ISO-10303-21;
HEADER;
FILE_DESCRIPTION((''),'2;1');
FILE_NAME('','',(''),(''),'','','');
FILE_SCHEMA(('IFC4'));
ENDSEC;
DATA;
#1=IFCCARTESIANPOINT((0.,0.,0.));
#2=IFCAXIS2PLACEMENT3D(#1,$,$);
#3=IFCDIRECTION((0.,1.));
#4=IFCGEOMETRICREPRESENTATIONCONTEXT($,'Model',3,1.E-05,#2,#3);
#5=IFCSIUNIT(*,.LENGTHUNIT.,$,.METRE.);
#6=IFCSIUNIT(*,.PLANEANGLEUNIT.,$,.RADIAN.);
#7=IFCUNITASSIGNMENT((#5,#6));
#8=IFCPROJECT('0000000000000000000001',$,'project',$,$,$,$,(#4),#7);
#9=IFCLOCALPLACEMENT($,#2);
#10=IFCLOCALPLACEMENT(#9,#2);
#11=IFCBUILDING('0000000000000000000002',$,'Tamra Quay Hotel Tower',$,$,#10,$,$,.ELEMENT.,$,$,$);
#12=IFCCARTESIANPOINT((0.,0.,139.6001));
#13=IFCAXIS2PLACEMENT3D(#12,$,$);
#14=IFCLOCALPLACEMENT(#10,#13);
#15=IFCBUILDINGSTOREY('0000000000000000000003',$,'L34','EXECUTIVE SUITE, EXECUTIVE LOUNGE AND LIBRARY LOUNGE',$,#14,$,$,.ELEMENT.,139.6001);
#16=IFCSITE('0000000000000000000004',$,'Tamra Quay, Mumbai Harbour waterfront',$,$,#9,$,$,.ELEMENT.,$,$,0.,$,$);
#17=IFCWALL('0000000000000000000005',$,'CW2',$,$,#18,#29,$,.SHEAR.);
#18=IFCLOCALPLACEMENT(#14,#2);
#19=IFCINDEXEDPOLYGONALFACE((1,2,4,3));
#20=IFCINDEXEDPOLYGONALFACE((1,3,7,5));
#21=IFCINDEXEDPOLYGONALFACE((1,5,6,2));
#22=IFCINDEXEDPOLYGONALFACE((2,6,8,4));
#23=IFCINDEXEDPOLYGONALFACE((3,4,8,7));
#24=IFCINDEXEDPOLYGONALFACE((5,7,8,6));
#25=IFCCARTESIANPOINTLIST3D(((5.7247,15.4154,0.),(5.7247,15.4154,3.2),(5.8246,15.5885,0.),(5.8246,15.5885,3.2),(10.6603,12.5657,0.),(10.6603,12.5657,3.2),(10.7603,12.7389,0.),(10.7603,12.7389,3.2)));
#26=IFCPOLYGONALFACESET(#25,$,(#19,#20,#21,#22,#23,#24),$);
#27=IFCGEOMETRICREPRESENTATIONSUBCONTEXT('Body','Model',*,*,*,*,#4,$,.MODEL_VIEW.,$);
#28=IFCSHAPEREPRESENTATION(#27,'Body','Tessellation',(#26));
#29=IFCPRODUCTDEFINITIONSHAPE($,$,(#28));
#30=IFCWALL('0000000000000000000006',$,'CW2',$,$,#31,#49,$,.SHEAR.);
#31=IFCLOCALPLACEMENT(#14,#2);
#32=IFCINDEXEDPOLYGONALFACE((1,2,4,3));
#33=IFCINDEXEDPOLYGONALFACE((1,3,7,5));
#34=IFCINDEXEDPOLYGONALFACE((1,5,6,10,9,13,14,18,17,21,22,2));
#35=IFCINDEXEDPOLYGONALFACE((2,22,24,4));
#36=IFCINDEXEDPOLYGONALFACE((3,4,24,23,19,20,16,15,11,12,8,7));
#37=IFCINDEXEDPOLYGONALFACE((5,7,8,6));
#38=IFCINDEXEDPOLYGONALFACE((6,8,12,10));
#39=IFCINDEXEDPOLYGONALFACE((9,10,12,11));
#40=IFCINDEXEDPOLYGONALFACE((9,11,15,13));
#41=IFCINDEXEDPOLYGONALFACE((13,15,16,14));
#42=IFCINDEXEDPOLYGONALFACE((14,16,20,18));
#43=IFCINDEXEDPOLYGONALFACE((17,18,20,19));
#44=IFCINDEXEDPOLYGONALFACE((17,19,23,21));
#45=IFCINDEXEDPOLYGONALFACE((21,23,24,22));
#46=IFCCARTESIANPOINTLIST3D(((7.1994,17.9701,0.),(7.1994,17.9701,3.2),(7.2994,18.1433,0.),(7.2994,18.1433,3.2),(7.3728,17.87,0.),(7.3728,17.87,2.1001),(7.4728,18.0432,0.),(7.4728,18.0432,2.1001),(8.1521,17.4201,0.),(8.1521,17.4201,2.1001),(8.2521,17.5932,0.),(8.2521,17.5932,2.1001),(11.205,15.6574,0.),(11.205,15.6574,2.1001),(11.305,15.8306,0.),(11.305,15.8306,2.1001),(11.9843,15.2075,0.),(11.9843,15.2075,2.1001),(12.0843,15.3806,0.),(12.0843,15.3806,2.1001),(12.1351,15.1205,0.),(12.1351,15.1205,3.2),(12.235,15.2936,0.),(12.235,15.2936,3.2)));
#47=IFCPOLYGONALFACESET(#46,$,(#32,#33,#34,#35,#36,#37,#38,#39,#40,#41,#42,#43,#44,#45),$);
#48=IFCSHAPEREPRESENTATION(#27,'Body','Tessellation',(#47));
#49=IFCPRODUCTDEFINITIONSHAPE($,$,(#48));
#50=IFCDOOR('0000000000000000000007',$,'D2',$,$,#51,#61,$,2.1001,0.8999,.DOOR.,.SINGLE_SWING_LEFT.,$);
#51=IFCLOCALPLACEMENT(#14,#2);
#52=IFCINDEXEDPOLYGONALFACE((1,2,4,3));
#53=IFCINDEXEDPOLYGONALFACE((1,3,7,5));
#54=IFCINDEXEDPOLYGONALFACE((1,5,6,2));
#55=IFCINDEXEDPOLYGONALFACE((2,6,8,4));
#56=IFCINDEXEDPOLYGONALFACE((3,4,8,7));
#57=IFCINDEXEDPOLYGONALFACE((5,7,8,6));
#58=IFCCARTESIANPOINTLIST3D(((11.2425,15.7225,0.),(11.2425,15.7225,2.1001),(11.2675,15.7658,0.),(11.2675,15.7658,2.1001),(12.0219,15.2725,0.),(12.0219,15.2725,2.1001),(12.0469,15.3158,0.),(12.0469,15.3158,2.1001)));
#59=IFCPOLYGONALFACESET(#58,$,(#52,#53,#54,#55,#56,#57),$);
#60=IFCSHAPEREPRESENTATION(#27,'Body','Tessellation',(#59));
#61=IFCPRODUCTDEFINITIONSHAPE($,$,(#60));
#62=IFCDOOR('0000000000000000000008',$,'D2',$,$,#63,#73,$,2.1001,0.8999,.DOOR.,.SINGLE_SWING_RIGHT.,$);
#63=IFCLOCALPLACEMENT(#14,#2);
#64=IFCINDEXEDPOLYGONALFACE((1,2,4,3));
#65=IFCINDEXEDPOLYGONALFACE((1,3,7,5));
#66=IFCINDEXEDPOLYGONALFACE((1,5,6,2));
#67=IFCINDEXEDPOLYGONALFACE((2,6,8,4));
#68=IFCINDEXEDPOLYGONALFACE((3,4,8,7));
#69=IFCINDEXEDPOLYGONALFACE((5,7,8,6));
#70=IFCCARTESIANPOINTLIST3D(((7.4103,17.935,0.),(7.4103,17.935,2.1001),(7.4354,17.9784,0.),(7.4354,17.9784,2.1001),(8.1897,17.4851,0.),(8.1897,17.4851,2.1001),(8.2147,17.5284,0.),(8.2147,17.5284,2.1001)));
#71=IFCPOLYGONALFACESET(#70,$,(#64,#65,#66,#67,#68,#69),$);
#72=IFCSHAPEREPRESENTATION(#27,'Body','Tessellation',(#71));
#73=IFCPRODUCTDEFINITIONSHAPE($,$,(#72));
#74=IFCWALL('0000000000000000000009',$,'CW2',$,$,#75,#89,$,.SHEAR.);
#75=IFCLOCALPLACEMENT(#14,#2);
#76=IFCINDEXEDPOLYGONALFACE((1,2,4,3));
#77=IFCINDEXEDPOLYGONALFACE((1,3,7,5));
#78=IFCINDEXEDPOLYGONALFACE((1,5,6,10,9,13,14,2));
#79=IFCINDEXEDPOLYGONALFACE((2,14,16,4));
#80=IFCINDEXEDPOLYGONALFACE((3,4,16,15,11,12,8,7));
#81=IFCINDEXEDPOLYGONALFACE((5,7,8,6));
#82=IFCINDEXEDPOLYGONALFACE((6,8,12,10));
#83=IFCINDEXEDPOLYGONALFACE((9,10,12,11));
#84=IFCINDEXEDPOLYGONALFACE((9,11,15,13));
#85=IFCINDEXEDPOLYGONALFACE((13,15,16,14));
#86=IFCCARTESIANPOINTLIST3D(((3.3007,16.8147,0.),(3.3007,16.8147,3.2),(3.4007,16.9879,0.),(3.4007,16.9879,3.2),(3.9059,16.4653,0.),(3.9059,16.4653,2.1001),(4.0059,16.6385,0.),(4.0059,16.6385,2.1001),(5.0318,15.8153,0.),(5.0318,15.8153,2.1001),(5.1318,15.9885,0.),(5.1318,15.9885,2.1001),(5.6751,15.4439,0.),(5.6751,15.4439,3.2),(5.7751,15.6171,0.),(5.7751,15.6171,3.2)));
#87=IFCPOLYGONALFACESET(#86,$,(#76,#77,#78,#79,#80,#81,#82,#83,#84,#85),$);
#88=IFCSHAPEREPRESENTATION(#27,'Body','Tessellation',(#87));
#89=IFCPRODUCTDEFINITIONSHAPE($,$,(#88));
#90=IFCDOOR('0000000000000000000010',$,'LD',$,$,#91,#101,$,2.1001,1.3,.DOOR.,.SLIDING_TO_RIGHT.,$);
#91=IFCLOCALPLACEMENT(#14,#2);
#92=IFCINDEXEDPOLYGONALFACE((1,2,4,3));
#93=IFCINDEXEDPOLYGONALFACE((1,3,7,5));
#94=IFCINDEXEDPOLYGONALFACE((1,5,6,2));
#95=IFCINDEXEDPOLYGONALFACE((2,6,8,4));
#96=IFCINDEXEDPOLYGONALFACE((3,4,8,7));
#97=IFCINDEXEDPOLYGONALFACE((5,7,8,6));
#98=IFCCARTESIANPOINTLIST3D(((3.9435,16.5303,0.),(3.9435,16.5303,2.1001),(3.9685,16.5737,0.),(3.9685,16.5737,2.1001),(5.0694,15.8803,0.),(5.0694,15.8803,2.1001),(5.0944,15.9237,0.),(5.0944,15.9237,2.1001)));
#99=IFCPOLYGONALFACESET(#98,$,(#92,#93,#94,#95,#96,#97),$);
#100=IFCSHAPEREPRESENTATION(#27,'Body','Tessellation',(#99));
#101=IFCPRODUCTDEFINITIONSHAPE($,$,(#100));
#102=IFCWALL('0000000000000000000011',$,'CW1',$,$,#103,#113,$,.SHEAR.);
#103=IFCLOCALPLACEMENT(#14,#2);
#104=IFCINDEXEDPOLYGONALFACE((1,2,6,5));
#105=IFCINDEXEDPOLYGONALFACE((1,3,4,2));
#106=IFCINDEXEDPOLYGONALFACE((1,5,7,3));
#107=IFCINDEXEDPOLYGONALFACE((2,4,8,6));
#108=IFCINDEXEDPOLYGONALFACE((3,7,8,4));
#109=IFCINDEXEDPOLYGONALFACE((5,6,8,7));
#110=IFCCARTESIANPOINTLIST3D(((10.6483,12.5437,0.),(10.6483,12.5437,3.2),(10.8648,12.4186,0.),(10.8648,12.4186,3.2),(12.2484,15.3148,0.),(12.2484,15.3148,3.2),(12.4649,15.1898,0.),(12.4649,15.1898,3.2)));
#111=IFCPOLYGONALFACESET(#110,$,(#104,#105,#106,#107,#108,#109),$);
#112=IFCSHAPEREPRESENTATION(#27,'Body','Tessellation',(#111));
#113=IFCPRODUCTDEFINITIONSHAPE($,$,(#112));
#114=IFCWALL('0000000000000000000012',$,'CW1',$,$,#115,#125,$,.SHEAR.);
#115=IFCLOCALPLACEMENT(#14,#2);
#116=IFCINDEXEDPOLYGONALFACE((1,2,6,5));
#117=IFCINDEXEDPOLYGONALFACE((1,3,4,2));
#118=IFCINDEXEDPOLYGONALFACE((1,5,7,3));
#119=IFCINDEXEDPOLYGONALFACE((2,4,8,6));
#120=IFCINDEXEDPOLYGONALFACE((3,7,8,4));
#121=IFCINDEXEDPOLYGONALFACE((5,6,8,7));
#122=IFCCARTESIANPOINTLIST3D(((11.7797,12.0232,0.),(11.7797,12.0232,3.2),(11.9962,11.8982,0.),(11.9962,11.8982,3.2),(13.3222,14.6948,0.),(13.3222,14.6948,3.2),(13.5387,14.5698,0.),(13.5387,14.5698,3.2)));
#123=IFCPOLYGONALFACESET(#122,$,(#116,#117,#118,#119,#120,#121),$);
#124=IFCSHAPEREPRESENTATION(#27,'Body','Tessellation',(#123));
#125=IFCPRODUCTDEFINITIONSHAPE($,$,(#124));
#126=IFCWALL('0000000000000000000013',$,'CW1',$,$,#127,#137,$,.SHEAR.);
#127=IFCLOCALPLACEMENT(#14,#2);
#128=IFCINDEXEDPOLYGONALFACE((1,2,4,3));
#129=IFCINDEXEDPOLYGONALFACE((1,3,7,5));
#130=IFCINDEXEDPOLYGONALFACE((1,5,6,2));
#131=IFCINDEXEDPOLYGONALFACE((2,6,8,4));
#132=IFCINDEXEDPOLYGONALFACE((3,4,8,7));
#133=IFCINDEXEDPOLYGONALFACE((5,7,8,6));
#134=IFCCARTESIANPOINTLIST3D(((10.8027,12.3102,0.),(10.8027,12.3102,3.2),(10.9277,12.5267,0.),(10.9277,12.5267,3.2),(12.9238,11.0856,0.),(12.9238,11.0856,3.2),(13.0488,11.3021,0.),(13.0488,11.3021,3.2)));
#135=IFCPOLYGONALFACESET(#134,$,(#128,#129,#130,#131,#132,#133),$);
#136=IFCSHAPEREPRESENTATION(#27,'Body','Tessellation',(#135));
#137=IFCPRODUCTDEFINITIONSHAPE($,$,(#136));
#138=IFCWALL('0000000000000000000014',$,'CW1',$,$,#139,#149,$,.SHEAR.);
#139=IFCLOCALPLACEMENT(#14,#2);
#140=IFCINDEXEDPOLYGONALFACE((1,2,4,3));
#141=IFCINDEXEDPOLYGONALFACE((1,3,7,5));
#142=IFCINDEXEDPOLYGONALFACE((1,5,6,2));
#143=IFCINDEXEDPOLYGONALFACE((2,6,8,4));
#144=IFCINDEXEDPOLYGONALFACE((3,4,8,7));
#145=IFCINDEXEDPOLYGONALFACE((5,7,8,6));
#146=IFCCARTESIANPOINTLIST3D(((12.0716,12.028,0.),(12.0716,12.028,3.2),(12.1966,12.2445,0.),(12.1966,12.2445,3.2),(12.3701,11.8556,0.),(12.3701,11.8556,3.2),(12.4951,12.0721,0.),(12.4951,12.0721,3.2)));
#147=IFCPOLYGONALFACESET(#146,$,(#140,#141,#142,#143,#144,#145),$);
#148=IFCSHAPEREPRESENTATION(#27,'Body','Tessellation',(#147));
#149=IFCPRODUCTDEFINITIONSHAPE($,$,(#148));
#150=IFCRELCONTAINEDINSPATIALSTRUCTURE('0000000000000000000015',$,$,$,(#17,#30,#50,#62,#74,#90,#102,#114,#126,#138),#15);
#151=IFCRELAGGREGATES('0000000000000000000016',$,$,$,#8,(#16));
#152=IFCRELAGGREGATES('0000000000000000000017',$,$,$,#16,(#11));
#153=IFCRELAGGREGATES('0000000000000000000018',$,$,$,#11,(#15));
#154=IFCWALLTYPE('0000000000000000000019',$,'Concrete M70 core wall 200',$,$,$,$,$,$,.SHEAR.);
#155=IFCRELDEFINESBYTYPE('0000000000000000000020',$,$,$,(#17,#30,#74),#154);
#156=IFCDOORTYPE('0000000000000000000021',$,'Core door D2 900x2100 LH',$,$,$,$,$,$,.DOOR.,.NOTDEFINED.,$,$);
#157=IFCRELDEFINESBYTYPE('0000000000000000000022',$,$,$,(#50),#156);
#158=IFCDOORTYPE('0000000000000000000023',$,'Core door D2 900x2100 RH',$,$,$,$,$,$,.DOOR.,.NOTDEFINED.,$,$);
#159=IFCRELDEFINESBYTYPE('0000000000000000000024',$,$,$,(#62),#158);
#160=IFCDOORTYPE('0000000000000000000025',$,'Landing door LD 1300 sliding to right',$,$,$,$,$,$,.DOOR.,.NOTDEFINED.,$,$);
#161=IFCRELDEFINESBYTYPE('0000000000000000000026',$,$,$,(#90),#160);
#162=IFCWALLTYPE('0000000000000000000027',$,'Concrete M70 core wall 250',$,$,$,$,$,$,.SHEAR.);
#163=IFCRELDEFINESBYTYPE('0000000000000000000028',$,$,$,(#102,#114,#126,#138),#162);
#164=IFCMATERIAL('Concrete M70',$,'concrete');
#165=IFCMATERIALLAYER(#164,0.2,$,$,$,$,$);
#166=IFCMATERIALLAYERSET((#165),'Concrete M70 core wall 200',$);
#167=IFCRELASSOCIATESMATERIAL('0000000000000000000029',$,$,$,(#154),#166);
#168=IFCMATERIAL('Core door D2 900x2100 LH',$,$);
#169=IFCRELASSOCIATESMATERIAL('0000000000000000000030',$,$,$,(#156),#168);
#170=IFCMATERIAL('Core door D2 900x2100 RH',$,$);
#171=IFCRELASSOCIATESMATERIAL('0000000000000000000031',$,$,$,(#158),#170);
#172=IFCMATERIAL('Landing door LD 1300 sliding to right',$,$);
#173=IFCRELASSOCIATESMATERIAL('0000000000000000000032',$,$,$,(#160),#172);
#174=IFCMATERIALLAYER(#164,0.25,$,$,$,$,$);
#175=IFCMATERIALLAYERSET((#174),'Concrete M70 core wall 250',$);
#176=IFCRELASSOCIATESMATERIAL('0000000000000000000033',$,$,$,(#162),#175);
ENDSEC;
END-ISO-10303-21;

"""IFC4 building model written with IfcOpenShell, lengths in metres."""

from ifc_helpers import new_model, si_unit, direction, frame, frame_2d, origin, place, context, subcontext, project, spatial, rectangle, extrude, material, layer, layer_set, type_object, element, fill, save


model = new_model("IFC4")

# Units and contexts
model_context = context("Model", 3, precision=1e-05, world=origin(), true_north=direction((0.0, 1.0)))
body_context = subcontext(model_context, "Body", "Model", "MODEL_VIEW")
ifc_project = project(units=[si_unit("LENGTHUNIT", "METRE"), si_unit("PLANEANGLEUNIT", "RADIAN")], contexts=[model_context])

# Site, building, storey
site_placement = place(None, origin())
site = spatial("IfcSite", under=ifc_project, at=site_placement, Name="Tamra Quay, Mumbai Harbour waterfront", CompositionType="ELEMENT", RefElevation=0.0)
building_placement = place(site_placement, origin())
building = spatial("IfcBuilding", under=site, at=building_placement, Name="Tamra Quay Hotel Tower", CompositionType="ELEMENT")
storey_placement = place(building_placement, frame((0.0, 0.0, 139.6001)))
storey = spatial("IfcBuildingStorey", under=building, at=storey_placement, Name="L34", Description="EXECUTIVE SUITE, EXECUTIVE LOUNGE AND LIBRARY LOUNGE", CompositionType="ELEMENT", Elevation=139.6001)

# Wall
ifc_material_1 = material(Name="Concrete M70", Category="concrete")
ifc_layer_1 = layer(ifc_material_1, 0.2)
ifc_layer_set_1 = layer_set([ifc_layer_1], Name="Concrete M70 core wall 200")
wall_type_1 = type_object("IfcWallType", Name="Concrete M70 core wall 200", PredefinedType="SHEAR", material=ifc_layer_set_1)
wall_1_placement = place(storey_placement, frame((5.7747, 15.502, 0.0), z_axis=(0.0, 0.0, 1.0), x_axis=(0.86602, -0.500009, 0.0)))
element("IfcWall", 1, at=wall_1_placement, inside=storey, type_object=wall_type_1, Name="CW2", PredefinedType="SHEAR", context=body_context, shape_type="SweptSolid", body=[
    extrude(rectangle(XDim=5.6992, YDim=0.2, at=frame_2d((2.8496, 0.0))), origin(), (0.0, 0.0, 1.0), 3.2),
])

# Wall, openings, doors
wall_2_placement = place(storey_placement, frame((12.1851, 15.207, 0.0), z_axis=(0.0, 0.0, 1.0), x_axis=(-0.86602, 0.500009, 0.0)))
wall_2 = element("IfcWall", 2, at=wall_2_placement, inside=storey, type_object=wall_type_1, Name="CW2", PredefinedType="SHEAR", context=body_context, shape_type="SweptSolid", body=[
    extrude(rectangle(XDim=5.6992, YDim=0.2, at=frame_2d((2.8496, 0.0))), origin(), (0.0, 0.0, 1.0), 3.2),
])
opening_1_placement = place(wall_2_placement, frame((0.1741, 0.0, 0.0)))
opening_1 = element("IfcOpeningElement", 3, at=opening_1_placement, cuts=wall_2, PredefinedType="OPENING", context=body_context, shape_type="SweptSolid", body=[
    extrude(rectangle(XDim=0.8999, YDim=2.1001, at=frame_2d((0.45, 1.05))), frame((0.0, 0.1099, 0.0), z_axis=(0.0, -1.0, 0.0), x_axis=(1.0, 0.0, 0.0)), (0.0, 0.0, 1.0), 0.22),
])
opening_2_placement = place(wall_2_placement, frame((4.5991, 0.0, 0.0)))
opening_2 = element("IfcOpeningElement", 4, at=opening_2_placement, cuts=wall_2, PredefinedType="OPENING", context=body_context, shape_type="SweptSolid", body=[
    extrude(rectangle(XDim=0.8999, YDim=2.1001, at=frame_2d((0.45, 1.05))), frame((0.0, 0.1099, 0.0), z_axis=(0.0, -1.0, 0.0), x_axis=(1.0, 0.0, 0.0)), (0.0, 0.0, 1.0), 0.22),
])
ifc_material_2 = material(Name="Core door D2 900x2100 LH")
door_type_1 = type_object("IfcDoorType", Name="Core door D2 900x2100 LH", OperationType="NOTDEFINED", PredefinedType="DOOR", material=ifc_material_2)
door_1_placement = place(opening_1_placement, origin())
door_1 = element("IfcDoor", 5, at=door_1_placement, inside=storey, type_object=door_type_1, Name="D2", OperationType="SINGLE_SWING_LEFT", OverallHeight=2.1001, OverallWidth=0.8999, PredefinedType="DOOR", context=body_context, shape_type="SweptSolid", body=[
    extrude(rectangle(XDim=0.8999, YDim=2.1001, at=frame_2d((0.45, 1.05))), frame((0.0, 0.0249, 0.0), z_axis=(0.0, -1.0, 0.0), x_axis=(1.0, 0.0, 0.0)), (0.0, 0.0, 1.0), 0.05),
])
fill(opening_1, door_1)
ifc_material_3 = material(Name="Core door D2 900x2100 RH")
door_type_2 = type_object("IfcDoorType", Name="Core door D2 900x2100 RH", OperationType="NOTDEFINED", PredefinedType="DOOR", material=ifc_material_3)
door_2_placement = place(opening_2_placement, origin())
door_2 = element("IfcDoor", 6, at=door_2_placement, inside=storey, type_object=door_type_2, Name="D2", OperationType="SINGLE_SWING_RIGHT", OverallHeight=2.1001, OverallWidth=0.8999, PredefinedType="DOOR", context=body_context, shape_type="SweptSolid", body=[
    extrude(rectangle(XDim=0.8999, YDim=2.1001, at=frame_2d((0.45, 1.05))), frame((0.0, 0.0249, 0.0), z_axis=(0.0, -1.0, 0.0), x_axis=(1.0, 0.0, 0.0)), (0.0, 0.0, 1.0), 0.05),
])
fill(opening_2, door_2)

# Wall, opening, door
wall_3_placement = place(storey_placement, frame((5.7251, 15.5305, 0.0), z_axis=(0.0, 0.0, 1.0), x_axis=(-0.866037, 0.499979, 0.0)))
wall_3 = element("IfcWall", 7, at=wall_3_placement, inside=storey, type_object=wall_type_1, Name="CW2", PredefinedType="SHEAR", context=body_context, shape_type="SweptSolid", body=[
    extrude(rectangle(XDim=2.7417, YDim=0.2, at=frame_2d((1.3708, 0.0))), origin(), (0.0, 0.0, 1.0), 3.2),
])
opening_3_placement = place(wall_3_placement, frame((0.7429, 0.0, 0.0)))
opening_3 = element("IfcOpeningElement", 8, at=opening_3_placement, cuts=wall_3, PredefinedType="OPENING", context=body_context, shape_type="SweptSolid", body=[
    extrude(rectangle(XDim=1.3, YDim=2.1001, at=frame_2d((0.6499, 1.05))), frame((0.0, 0.1099, 0.0), z_axis=(0.0, -1.0, 0.0), x_axis=(1.0, 0.0, 0.0)), (0.0, 0.0, 1.0), 0.22),
])
ifc_material_4 = material(Name="Landing door LD 1300 sliding to right")
door_type_3 = type_object("IfcDoorType", Name="Landing door LD 1300 sliding to right", OperationType="NOTDEFINED", PredefinedType="DOOR", material=ifc_material_4)
door_3_placement = place(opening_3_placement, origin())
door_3 = element("IfcDoor", 9, at=door_3_placement, inside=storey, type_object=door_type_3, Name="LD", OperationType="SLIDING_TO_RIGHT", OverallHeight=2.1001, OverallWidth=1.3, PredefinedType="DOOR", context=body_context, shape_type="SweptSolid", body=[
    extrude(rectangle(XDim=1.3, YDim=2.1001, at=frame_2d((0.6499, 1.05))), frame((0.0, 0.0249, 0.0), z_axis=(0.0, -1.0, 0.0), x_axis=(1.0, 0.0, 0.0)), (0.0, 0.0, 1.0), 0.05),
])
fill(opening_3, door_3)

# Walls
ifc_layer_2 = layer(ifc_material_1, 0.25)
ifc_layer_set_2 = layer_set([ifc_layer_2], Name="Concrete M70 core wall 250")
wall_type_2 = type_object("IfcWallType", Name="Concrete M70 core wall 250", PredefinedType="SHEAR", material=ifc_layer_set_2)
wall_4_placement = place(storey_placement, frame((12.3567, 15.2524, 0.0), z_axis=(0.0, 0.0, 1.0), x_axis=(-0.500028, -0.866009, 0.0)))
element("IfcWall", 10, at=wall_4_placement, inside=storey, type_object=wall_type_2, Name="CW1", PredefinedType="SHEAR", context=body_context, shape_type="SweptSolid", body=[
    extrude(rectangle(XDim=3.2, YDim=0.25, at=frame_2d((1.6001, 0.0))), origin(), (0.0, 0.0, 1.0), 3.2),
])
wall_5_placement = place(storey_placement, frame((11.8879, 11.9607, 0.0), z_axis=(0.0, 0.0, 1.0), x_axis=(0.500003, 0.866023, 0.0)))
element("IfcWall", 11, at=wall_5_placement, inside=storey, type_object=wall_type_2, Name="CW1", PredefinedType="SHEAR", context=body_context, shape_type="SweptSolid", body=[
    extrude(rectangle(XDim=3.085, YDim=0.25, at=frame_2d((1.5425, 0.0))), origin(), (0.0, 0.0, 1.0), 3.2),
])
wall_6_placement = place(storey_placement, frame((10.8652, 12.4185, 0.0), z_axis=(0.0, 0.0, 1.0), x_axis=(0.866026, -0.499999, 0.0)))
element("IfcWall", 12, at=wall_6_placement, inside=storey, type_object=wall_type_2, Name="CW1", PredefinedType="SHEAR", context=body_context, shape_type="SweptSolid", body=[
    extrude(rectangle(XDim=2.4492, YDim=0.25, at=frame_2d((1.2246, 0.0))), origin(), (0.0, 0.0, 1.0), 3.2),
])
wall_7_placement = place(storey_placement, frame((12.4326, 11.9639, 0.0), z_axis=(0.0, 0.0, 1.0), x_axis=(-0.866056, 0.499947, 0.0)))
element("IfcWall", 13, at=wall_7_placement, inside=storey, type_object=wall_type_2, Name="CW1", PredefinedType="SHEAR", context=body_context, shape_type="SweptSolid", body=[
    extrude(rectangle(XDim=0.3447, YDim=0.25, at=frame_2d((0.1724, 0.0))), origin(), (0.0, 0.0, 1.0), 3.2),
])

save(model, "model.ifc")
